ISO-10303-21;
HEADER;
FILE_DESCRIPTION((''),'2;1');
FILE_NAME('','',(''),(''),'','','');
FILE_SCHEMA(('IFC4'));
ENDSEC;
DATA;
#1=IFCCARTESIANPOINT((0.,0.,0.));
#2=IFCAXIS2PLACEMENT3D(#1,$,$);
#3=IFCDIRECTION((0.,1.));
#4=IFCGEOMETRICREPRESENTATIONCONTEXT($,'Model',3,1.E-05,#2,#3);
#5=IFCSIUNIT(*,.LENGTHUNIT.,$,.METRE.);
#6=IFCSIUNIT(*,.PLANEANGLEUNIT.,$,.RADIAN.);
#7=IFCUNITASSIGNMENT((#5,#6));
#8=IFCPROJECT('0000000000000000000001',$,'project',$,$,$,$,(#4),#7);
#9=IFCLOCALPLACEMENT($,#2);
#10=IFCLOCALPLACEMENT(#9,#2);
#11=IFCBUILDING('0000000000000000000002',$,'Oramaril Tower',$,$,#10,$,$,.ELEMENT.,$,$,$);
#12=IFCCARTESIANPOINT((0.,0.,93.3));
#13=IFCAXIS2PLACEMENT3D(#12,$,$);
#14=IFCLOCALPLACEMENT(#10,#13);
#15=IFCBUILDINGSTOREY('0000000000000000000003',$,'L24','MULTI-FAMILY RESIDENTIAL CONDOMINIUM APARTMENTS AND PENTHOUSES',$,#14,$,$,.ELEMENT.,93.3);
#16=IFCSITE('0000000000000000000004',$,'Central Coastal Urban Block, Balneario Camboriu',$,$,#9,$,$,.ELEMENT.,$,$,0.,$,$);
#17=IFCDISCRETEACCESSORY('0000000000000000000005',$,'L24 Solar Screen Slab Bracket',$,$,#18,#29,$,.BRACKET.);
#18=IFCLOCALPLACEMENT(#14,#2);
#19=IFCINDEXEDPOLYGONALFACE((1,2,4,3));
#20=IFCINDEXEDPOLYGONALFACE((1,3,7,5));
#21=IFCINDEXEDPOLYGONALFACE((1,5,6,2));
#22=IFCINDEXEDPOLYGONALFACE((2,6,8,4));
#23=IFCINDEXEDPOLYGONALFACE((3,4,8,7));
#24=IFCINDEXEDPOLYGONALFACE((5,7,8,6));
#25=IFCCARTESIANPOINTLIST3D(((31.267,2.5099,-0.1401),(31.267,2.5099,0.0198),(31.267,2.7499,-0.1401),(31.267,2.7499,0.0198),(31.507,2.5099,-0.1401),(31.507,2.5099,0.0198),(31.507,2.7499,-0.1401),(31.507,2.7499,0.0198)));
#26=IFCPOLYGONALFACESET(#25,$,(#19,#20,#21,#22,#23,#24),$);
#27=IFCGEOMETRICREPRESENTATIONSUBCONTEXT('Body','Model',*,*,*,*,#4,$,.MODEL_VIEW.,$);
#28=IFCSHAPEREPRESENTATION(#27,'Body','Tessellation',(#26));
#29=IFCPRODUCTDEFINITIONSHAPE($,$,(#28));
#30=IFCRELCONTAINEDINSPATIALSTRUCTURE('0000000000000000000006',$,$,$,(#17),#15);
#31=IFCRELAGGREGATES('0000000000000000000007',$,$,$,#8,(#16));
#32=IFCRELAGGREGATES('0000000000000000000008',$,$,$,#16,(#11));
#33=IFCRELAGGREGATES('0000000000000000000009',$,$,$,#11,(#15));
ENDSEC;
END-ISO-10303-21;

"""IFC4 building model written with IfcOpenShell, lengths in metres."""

from ifc_helpers import new_model, si_unit, direction, frame, origin, origin_2d, place, context, subcontext, project, spatial, rectangle, extrude, element, save


model = new_model("IFC4")

# Units and contexts
model_context = context("Model", 3, precision=1e-05, world=origin(), true_north=direction((0.0, 1.0)))
body_context = subcontext(model_context, "Body", "Model", "MODEL_VIEW")
ifc_project = project(units=[si_unit("LENGTHUNIT", "METRE"), si_unit("PLANEANGLEUNIT", "RADIAN")], contexts=[model_context])

# Site, building, storey
site_placement = place(None, origin())
site = spatial("IfcSite", under=ifc_project, at=site_placement, Name="Central Coastal Urban Block, Balneario Camboriu", CompositionType="ELEMENT", RefElevation=0.0)
building_placement = place(site_placement, origin())
building = spatial("IfcBuilding", under=site, at=building_placement, Name="Oramaril Tower", CompositionType="ELEMENT")
storey_placement = place(building_placement, frame((0.0, 0.0, 93.3)))
storey = spatial("IfcBuildingStorey", under=building, at=storey_placement, Name="L24", Description="MULTI-FAMILY RESIDENTIAL CONDOMINIUM APARTMENTS AND PENTHOUSES", CompositionType="ELEMENT", Elevation=93.3)

# Discrete accessory
discrete_accessory_placement = place(storey_placement, frame((31.387, 2.6299, -0.1401), z_axis=(0.0, 0.0, 1.0), x_axis=(1.0, 0.0, 0.0)))
element("IfcDiscreteAccessory", 1, at=discrete_accessory_placement, inside=storey, Name="L24 Solar Screen Slab Bracket", PredefinedType="BRACKET", context=body_context, shape_type="SweptSolid", body=[
    extrude(rectangle(XDim=0.24, YDim=0.24, at=origin_2d()), origin(), (0.0, 0.0, 1.0), 0.1599),
])

save(model, "model.ifc")
